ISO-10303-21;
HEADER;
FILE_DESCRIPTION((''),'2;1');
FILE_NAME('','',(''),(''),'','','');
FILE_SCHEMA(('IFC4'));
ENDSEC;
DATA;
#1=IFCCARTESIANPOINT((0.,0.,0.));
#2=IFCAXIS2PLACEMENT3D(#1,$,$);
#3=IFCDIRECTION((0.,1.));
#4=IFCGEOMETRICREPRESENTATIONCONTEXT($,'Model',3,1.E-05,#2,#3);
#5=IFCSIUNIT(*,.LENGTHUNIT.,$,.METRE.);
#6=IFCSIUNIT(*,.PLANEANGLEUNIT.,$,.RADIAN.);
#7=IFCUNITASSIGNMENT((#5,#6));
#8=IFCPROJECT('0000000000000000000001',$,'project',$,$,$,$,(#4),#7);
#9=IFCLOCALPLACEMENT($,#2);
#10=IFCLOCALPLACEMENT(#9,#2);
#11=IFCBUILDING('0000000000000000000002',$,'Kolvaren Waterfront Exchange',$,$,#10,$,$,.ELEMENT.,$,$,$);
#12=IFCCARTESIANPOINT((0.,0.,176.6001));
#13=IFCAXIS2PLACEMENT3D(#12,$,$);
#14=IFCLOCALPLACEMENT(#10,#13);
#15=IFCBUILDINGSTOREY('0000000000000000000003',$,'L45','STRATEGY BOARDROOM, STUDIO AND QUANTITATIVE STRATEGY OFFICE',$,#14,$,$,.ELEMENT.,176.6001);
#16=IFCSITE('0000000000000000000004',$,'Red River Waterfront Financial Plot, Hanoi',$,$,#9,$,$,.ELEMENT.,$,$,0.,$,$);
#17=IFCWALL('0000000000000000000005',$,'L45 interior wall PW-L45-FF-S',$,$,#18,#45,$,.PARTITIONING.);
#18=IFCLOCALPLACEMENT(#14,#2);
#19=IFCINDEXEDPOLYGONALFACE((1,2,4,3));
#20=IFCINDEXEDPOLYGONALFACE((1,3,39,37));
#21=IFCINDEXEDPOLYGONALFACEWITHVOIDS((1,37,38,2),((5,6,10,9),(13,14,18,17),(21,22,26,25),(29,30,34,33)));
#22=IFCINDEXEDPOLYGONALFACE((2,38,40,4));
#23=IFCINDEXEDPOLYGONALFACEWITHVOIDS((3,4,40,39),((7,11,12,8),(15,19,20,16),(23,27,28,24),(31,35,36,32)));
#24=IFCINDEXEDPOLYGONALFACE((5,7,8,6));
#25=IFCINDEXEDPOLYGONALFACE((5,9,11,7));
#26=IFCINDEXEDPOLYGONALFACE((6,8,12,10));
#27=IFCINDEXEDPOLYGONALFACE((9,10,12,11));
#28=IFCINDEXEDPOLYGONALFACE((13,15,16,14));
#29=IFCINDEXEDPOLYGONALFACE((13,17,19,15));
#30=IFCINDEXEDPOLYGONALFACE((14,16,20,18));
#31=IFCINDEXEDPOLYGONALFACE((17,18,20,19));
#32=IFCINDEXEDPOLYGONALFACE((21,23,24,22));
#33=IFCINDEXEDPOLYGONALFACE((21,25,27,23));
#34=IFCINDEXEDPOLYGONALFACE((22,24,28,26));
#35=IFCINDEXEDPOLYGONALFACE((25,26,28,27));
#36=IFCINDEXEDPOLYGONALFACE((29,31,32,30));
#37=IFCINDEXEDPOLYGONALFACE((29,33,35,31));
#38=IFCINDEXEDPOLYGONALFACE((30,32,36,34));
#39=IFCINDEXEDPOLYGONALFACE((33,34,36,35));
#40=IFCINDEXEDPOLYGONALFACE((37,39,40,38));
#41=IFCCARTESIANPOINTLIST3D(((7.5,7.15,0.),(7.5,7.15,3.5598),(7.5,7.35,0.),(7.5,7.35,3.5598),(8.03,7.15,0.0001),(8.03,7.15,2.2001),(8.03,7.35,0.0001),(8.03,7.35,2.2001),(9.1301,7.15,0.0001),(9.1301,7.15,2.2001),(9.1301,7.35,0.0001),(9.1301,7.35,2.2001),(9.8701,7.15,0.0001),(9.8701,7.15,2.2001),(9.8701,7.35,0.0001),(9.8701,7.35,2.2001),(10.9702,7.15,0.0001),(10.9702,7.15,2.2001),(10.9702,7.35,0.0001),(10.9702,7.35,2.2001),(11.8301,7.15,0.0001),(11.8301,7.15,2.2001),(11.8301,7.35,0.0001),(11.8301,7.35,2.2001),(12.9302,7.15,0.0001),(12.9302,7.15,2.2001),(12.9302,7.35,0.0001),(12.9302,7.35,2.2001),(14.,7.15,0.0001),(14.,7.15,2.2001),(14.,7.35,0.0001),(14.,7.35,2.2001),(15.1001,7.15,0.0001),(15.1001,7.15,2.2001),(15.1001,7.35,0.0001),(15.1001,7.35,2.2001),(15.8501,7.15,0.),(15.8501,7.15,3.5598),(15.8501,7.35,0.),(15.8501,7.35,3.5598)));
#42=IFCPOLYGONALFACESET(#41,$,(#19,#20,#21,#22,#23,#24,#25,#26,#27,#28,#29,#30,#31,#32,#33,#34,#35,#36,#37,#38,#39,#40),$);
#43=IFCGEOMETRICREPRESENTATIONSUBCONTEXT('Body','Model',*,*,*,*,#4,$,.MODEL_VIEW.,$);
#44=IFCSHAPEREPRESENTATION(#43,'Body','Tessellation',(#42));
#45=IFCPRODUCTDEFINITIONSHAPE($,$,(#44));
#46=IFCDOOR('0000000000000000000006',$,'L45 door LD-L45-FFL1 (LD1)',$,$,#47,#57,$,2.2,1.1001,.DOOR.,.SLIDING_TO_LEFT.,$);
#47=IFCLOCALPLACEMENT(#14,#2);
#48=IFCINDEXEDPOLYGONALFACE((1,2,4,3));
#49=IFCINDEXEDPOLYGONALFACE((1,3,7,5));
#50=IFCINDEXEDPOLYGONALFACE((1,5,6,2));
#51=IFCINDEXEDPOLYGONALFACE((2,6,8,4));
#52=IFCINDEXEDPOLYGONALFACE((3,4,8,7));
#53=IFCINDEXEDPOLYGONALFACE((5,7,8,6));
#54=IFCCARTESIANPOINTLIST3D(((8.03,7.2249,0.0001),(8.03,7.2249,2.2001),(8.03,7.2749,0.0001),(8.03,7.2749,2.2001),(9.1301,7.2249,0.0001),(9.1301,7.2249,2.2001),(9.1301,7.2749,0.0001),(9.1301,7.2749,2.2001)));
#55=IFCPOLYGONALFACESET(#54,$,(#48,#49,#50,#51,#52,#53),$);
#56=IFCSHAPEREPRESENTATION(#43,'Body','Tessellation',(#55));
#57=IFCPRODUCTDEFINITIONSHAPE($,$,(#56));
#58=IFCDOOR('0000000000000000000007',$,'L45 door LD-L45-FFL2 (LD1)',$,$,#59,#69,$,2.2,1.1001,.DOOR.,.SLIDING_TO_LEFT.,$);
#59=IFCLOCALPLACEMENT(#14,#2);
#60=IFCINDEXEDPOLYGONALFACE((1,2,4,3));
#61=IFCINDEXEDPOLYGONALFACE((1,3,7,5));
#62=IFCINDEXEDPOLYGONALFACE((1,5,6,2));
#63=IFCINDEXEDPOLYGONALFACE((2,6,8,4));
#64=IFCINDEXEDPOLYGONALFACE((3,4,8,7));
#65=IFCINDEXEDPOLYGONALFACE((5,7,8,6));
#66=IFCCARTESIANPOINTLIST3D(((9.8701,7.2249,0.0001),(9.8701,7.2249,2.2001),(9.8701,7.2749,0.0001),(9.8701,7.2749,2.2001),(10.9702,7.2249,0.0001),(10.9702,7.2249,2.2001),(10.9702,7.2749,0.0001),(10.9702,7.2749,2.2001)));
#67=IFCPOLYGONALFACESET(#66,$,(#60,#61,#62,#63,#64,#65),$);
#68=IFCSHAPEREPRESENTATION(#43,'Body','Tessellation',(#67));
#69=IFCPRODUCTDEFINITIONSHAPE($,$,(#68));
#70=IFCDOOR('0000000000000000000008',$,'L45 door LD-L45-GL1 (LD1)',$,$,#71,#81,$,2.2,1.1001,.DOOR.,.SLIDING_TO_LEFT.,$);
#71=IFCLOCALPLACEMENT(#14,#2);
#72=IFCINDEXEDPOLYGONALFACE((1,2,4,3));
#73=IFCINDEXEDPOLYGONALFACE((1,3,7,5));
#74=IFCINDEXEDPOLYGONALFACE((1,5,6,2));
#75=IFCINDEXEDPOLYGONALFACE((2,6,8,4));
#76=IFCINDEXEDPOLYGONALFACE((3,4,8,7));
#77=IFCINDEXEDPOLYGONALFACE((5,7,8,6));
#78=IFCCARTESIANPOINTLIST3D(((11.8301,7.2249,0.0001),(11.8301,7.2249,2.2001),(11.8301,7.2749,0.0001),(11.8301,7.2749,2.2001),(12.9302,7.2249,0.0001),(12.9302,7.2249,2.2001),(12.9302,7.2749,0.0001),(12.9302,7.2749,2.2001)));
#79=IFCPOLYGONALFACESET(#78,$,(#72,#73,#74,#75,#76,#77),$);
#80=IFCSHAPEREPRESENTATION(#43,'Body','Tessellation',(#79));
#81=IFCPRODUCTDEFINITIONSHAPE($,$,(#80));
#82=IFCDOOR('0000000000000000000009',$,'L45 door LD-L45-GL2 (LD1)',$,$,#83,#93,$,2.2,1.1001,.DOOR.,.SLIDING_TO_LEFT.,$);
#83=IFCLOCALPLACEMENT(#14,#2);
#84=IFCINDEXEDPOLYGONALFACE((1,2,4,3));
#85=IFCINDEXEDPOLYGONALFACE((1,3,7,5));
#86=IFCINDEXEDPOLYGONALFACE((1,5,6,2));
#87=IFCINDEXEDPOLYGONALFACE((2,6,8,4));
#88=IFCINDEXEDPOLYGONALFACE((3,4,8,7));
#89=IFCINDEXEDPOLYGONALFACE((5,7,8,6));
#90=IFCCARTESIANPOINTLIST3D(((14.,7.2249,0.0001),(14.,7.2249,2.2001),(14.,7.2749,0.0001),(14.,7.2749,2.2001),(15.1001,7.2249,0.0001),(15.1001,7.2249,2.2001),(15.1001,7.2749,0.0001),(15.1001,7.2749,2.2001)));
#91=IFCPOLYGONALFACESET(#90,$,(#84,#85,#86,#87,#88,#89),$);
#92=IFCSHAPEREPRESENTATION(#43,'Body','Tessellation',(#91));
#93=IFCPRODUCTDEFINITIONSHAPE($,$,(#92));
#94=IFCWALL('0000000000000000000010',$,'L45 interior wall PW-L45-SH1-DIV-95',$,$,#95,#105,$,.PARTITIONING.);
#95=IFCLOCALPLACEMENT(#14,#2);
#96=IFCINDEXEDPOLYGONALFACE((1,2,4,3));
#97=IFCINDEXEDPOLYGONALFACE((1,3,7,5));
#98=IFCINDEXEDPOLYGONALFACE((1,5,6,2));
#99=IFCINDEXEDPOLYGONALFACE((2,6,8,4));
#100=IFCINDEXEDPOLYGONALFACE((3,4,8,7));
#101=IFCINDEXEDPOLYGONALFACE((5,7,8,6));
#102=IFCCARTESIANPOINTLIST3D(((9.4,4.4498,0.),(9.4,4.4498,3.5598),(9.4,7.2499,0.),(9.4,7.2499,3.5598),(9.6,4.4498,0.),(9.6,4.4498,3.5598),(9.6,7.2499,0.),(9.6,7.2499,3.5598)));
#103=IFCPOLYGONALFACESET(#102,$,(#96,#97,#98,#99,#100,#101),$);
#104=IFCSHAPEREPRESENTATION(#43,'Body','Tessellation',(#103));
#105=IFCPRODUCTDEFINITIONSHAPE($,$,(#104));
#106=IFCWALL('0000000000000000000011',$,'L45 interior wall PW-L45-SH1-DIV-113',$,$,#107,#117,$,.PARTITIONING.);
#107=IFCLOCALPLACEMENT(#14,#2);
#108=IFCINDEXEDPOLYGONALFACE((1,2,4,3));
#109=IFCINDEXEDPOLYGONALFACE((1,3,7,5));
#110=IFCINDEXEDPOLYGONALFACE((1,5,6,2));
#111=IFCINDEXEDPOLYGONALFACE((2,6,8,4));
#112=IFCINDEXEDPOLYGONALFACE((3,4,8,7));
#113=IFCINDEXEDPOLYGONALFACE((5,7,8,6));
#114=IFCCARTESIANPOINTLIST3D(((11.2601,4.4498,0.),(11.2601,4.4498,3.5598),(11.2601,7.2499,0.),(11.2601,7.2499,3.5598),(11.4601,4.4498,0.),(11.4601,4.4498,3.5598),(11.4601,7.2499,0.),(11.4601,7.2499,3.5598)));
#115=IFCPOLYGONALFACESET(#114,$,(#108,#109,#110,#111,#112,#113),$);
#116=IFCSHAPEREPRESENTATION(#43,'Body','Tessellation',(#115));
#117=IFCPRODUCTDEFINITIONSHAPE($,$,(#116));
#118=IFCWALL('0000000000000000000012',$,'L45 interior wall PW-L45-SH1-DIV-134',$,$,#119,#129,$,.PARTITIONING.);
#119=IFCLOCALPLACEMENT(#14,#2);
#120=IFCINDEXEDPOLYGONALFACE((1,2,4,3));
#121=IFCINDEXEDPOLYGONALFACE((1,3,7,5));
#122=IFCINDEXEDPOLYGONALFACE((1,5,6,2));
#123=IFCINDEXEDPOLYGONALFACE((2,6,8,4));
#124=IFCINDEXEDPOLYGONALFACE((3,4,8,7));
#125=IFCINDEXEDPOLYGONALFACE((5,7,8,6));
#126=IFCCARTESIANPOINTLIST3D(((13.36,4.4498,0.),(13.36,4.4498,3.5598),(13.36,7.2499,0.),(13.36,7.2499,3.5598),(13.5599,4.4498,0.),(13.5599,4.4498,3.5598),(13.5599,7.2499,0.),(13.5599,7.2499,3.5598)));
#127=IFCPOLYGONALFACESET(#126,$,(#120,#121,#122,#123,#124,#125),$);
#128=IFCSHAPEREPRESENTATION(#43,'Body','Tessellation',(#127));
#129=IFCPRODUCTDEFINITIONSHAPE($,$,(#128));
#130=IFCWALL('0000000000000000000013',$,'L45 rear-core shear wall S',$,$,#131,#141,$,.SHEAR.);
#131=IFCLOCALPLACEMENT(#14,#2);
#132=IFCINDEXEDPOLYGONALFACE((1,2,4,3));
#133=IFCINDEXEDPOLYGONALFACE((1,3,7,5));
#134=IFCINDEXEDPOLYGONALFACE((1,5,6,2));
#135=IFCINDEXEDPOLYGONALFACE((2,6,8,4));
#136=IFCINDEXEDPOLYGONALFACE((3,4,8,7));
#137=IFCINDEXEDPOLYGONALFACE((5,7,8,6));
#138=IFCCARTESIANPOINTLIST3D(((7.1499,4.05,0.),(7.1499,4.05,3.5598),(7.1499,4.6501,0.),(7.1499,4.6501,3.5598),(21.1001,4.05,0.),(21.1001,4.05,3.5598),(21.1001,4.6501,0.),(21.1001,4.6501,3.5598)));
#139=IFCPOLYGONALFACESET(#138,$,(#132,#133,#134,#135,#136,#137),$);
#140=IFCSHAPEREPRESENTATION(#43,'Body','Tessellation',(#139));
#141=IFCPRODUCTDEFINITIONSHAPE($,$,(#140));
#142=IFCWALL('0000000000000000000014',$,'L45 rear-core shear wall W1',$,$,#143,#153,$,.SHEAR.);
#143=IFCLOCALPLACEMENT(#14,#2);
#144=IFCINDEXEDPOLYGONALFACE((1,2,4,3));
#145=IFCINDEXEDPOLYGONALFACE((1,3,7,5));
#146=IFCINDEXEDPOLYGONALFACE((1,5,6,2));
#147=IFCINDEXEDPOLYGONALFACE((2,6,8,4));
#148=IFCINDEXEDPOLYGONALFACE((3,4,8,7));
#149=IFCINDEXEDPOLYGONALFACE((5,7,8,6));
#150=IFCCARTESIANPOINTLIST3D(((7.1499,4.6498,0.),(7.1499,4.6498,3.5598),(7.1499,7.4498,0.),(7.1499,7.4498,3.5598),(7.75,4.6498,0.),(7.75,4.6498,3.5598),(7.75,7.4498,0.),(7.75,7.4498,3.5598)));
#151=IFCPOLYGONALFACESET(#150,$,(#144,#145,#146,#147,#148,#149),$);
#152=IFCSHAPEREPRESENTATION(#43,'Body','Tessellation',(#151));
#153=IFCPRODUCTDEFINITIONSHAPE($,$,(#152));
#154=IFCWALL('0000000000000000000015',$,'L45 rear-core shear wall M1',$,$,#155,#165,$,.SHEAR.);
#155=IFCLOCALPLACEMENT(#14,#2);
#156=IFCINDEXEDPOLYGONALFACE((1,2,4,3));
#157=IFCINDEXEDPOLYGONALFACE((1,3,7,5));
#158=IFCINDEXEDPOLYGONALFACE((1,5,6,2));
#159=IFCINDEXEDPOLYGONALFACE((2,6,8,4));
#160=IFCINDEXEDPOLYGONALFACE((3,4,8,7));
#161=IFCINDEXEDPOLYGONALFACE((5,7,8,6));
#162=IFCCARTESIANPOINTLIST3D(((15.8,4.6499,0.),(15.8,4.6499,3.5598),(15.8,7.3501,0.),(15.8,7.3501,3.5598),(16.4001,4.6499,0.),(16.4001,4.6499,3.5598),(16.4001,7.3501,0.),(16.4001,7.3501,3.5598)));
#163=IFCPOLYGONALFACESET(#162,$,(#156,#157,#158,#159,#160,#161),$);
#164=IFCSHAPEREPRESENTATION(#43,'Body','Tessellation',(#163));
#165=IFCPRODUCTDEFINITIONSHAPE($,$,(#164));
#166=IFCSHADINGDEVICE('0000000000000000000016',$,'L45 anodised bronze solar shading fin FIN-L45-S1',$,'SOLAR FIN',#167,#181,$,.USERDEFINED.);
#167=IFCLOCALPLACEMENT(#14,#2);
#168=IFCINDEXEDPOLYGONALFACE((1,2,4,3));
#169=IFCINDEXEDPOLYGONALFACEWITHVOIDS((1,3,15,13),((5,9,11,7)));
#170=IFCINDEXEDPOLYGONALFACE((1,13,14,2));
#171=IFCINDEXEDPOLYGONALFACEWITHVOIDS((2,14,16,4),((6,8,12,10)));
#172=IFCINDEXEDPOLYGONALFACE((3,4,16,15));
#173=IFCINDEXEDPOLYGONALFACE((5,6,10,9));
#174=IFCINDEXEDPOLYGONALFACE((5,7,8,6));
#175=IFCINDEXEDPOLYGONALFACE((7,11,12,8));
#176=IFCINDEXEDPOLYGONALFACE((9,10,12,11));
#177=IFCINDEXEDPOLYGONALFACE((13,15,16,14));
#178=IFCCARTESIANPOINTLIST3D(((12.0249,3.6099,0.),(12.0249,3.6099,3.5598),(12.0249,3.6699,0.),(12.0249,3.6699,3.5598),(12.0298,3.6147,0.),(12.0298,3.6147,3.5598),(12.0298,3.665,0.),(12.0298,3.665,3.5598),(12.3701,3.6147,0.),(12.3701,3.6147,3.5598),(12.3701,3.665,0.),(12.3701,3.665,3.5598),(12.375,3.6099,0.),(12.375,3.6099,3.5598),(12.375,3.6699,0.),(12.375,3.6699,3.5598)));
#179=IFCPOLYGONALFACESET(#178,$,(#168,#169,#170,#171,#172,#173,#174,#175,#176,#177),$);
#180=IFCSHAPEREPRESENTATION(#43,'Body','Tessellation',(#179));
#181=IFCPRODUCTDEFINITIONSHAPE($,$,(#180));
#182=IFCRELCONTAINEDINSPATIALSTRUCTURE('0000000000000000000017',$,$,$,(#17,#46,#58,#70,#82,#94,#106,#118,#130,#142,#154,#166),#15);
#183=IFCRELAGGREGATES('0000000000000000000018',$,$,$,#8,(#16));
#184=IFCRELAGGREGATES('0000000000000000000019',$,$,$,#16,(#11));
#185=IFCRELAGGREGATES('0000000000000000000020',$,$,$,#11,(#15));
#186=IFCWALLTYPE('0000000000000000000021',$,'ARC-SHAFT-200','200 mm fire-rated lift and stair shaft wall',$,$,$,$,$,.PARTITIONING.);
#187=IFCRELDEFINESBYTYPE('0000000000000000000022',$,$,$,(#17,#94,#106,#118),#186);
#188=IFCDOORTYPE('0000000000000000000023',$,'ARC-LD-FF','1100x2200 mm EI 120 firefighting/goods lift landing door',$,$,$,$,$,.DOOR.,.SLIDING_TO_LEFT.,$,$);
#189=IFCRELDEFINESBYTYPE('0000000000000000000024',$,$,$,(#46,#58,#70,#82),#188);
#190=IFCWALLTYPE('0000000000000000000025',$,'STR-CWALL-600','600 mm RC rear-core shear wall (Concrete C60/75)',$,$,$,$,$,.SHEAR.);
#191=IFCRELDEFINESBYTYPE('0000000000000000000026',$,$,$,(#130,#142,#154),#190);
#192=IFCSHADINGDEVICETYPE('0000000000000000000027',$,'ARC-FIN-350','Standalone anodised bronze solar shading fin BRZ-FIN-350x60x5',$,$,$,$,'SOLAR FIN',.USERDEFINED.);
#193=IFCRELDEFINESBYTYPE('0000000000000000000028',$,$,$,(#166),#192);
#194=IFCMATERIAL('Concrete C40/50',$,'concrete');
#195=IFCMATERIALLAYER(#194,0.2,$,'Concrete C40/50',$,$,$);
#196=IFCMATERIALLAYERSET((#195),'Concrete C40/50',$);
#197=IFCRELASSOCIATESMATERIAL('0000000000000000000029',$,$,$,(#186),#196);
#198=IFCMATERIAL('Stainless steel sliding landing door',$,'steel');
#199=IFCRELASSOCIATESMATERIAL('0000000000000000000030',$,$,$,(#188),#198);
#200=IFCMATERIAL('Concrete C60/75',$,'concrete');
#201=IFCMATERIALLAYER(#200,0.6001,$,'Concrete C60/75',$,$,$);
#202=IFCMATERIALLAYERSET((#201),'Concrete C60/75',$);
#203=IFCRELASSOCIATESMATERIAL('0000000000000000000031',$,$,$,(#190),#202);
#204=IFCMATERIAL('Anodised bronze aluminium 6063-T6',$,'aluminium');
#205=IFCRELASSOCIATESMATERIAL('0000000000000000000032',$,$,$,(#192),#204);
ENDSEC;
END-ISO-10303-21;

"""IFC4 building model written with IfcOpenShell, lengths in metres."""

from ifc_helpers import new_model, si_unit, direction, frame, frame_2d, origin, origin_2d, place, context, subcontext, project, spatial, rectangle, hollow_rectangle, extrude, material, layer, layer_set, material_profile, profile_set, type_object, element, fill, save


model = new_model("IFC4")

# Units and contexts
model_context = context("Model", 3, precision=1e-05, world=origin(), true_north=direction((0.0, 1.0)))
body_context = subcontext(model_context, "Body", "Model", "MODEL_VIEW")
ifc_project = project(units=[si_unit("LENGTHUNIT", "METRE"), si_unit("PLANEANGLEUNIT", "RADIAN")], contexts=[model_context])

# Site, building, storey
site_placement = place(None, origin())
site = spatial("IfcSite", under=ifc_project, at=site_placement, Name="Red River Waterfront Financial Plot, Hanoi", CompositionType="ELEMENT", RefElevation=0.0)
building_placement = place(site_placement, origin())
building = spatial("IfcBuilding", under=site, at=building_placement, Name="Kolvaren Waterfront Exchange", CompositionType="ELEMENT")
storey_placement = place(building_placement, frame((0.0, 0.0, 176.6001)))
storey = spatial("IfcBuildingStorey", under=building, at=storey_placement, Name="L45", Description="STRATEGY BOARDROOM, STUDIO AND QUANTITATIVE STRATEGY OFFICE", CompositionType="ELEMENT", Elevation=176.6001)

# Shared definitions
ifc_material_1 = material(Name="Concrete C60/75", Category="concrete")

# Shared definitions
ifc_material_2 = material(Name="Anodised bronze aluminium 6063-T6", Category="aluminium")

# Shared definitions
ifc_material_3 = material(Name="Concrete C40/50", Category="concrete")
ifc_layer_1 = layer(ifc_material_3, 0.2, Name="Concrete C40/50")
ifc_layer_set_1 = layer_set([ifc_layer_1], Name="Concrete C40/50")
wall_type_1 = type_object("IfcWallType", Name="ARC-SHAFT-200", Description="200 mm fire-rated lift and stair shaft wall", PredefinedType="PARTITIONING", material=ifc_layer_set_1)

# Wall, openings, doors
wall_1_placement = place(storey_placement, frame((7.5, 7.25, 0.0), z_axis=(0.0, 0.0, 1.0), x_axis=(1.0, 0.0, 0.0)))
wall_1 = element("IfcWall", 1, at=wall_1_placement, inside=storey, type_object=wall_type_1, Name="L45 interior wall PW-L45-FF-S", PredefinedType="PARTITIONING", context=body_context, shape_type="SweptSolid", body=[
    extrude(rectangle(XDim=8.3501, YDim=0.2, at=frame_2d((4.175, 0.0))), origin(), (0.0, 0.0, 1.0), 3.5598),
])
opening_1_placement = place(wall_1_placement, frame((0.53, 0.0, 0.0)))
opening_1 = element("IfcOpeningElement", 2, at=opening_1_placement, cuts=wall_1, PredefinedType="OPENING", context=body_context, shape_type="SweptSolid", body=[
    extrude(rectangle(XDim=1.1001, YDim=2.2, at=frame_2d((0.55, 1.1001))), frame((0.0, 0.1099, 0.0), z_axis=(0.0, -1.0, 0.0), x_axis=(1.0, 0.0, 0.0)), (0.0, 0.0, 1.0), 0.22),
])
opening_2_placement = place(wall_1_placement, frame((2.3701, 0.0, 0.0)))
opening_2 = element("IfcOpeningElement", 3, at=opening_2_placement, cuts=wall_1, PredefinedType="OPENING", context=body_context, shape_type="SweptSolid", body=[
    extrude(rectangle(XDim=1.1001, YDim=2.2, at=frame_2d((0.55, 1.1001))), frame((0.0, 0.1099, 0.0), z_axis=(0.0, -1.0, 0.0), x_axis=(1.0, 0.0, 0.0)), (0.0, 0.0, 1.0), 0.22),
])
opening_3_placement = place(wall_1_placement, frame((4.3301, 0.0, 0.0)))
opening_3 = element("IfcOpeningElement", 4, at=opening_3_placement, cuts=wall_1, PredefinedType="OPENING", context=body_context, shape_type="SweptSolid", body=[
    extrude(rectangle(XDim=1.1001, YDim=2.2, at=frame_2d((0.55, 1.1001))), frame((0.0, 0.1099, 0.0), z_axis=(0.0, -1.0, 0.0), x_axis=(1.0, 0.0, 0.0)), (0.0, 0.0, 1.0), 0.22),
])
opening_4_placement = place(wall_1_placement, frame((6.5, 0.0, 0.0)))
opening_4 = element("IfcOpeningElement", 5, at=opening_4_placement, cuts=wall_1, PredefinedType="OPENING", context=body_context, shape_type="SweptSolid", body=[
    extrude(rectangle(XDim=1.1001, YDim=2.2, at=frame_2d((0.55, 1.1001))), frame((0.0, 0.1099, 0.0), z_axis=(0.0, -1.0, 0.0), x_axis=(1.0, 0.0, 0.0)), (0.0, 0.0, 1.0), 0.22),
])
ifc_material_4 = material(Name="Stainless steel sliding landing door", Category="steel")
door_type_1 = type_object("IfcDoorType", Name="ARC-LD-FF", Description="1100x2200 mm EI 120 firefighting/goods lift landing door", OperationType="SLIDING_TO_LEFT", PredefinedType="DOOR", material=ifc_material_4)
door_1_placement = place(opening_1_placement, origin())
door_1 = element("IfcDoor", 6, at=door_1_placement, inside=storey, type_object=door_type_1, Name="L45 door LD-L45-FFL1 (LD1)", OperationType="SLIDING_TO_LEFT", OverallHeight=2.2, OverallWidth=1.1001, PredefinedType="DOOR", context=body_context, shape_type="SweptSolid", body=[
    extrude(rectangle(XDim=1.1001, YDim=2.2, at=frame_2d((0.55, 1.1001))), frame((0.0, 0.0249, 0.0), z_axis=(0.0, -1.0, 0.0), x_axis=(1.0, 0.0, 0.0)), (0.0, 0.0, 1.0), 0.05),
])
fill(opening_1, door_1)
door_2_placement = place(opening_2_placement, origin())
door_2 = element("IfcDoor", 7, at=door_2_placement, inside=storey, type_object=door_type_1, Name="L45 door LD-L45-FFL2 (LD1)", OperationType="SLIDING_TO_LEFT", OverallHeight=2.2, OverallWidth=1.1001, PredefinedType="DOOR", context=body_context, shape_type="SweptSolid", body=[
    extrude(rectangle(XDim=1.1001, YDim=2.2, at=frame_2d((0.55, 1.1001))), frame((0.0, 0.0249, 0.0), z_axis=(0.0, -1.0, 0.0), x_axis=(1.0, 0.0, 0.0)), (0.0, 0.0, 1.0), 0.05),
])
fill(opening_2, door_2)
door_3_placement = place(opening_3_placement, origin())
door_3 = element("IfcDoor", 8, at=door_3_placement, inside=storey, type_object=door_type_1, Name="L45 door LD-L45-GL1 (LD1)", OperationType="SLIDING_TO_LEFT", OverallHeight=2.2, OverallWidth=1.1001, PredefinedType="DOOR", context=body_context, shape_type="SweptSolid", body=[
    extrude(rectangle(XDim=1.1001, YDim=2.2, at=frame_2d((0.55, 1.1001))), frame((0.0, 0.0249, 0.0), z_axis=(0.0, -1.0, 0.0), x_axis=(1.0, 0.0, 0.0)), (0.0, 0.0, 1.0), 0.05),
])
fill(opening_3, door_3)
door_4_placement = place(opening_4_placement, origin())
door_4 = element("IfcDoor", 9, at=door_4_placement, inside=storey, type_object=door_type_1, Name="L45 door LD-L45-GL2 (LD1)", OperationType="SLIDING_TO_LEFT", OverallHeight=2.2, OverallWidth=1.1001, PredefinedType="DOOR", context=body_context, shape_type="SweptSolid", body=[
    extrude(rectangle(XDim=1.1001, YDim=2.2, at=frame_2d((0.55, 1.1001))), frame((0.0, 0.0249, 0.0), z_axis=(0.0, -1.0, 0.0), x_axis=(1.0, 0.0, 0.0)), (0.0, 0.0, 1.0), 0.05),
])
fill(opening_4, door_4)

# Walls
for number, where, z_axis, x_axis, name in (
    (10, (9.5, 4.45, 0.0), (0.0, 0.0, 1.0), (0.0, 1.0, 0.0), "L45 interior wall PW-L45-SH1-DIV-95"),
    (11, (11.3601, 4.45, 0.0), (0.0, 0.0, 1.0), (0.0, 1.0, 0.0), "L45 interior wall PW-L45-SH1-DIV-113"),
    (12, (13.46, 4.45, 0.0), (0.0, 0.0, 1.0), (0.0, 1.0, 0.0), "L45 interior wall PW-L45-SH1-DIV-134"),
):
    element("IfcWall", number, at=place(storey_placement, frame(where, z_axis=z_axis, x_axis=x_axis)), inside=storey, type_object=wall_type_1, Name=name, PredefinedType="PARTITIONING", context=body_context, shape_type="SweptSolid", body=[
        extrude(rectangle(XDim=2.8, YDim=0.2, at=frame_2d((1.3999, 0.0))), origin(), (0.0, 0.0, 1.0), 3.5598),
    ])
ifc_layer_2 = layer(ifc_material_1, 0.6001, Name="Concrete C60/75")
ifc_layer_set_2 = layer_set([ifc_layer_2], Name="Concrete C60/75")
wall_type_2 = type_object("IfcWallType", Name="STR-CWALL-600", Description="600 mm RC rear-core shear wall (Concrete C60/75)", PredefinedType="SHEAR", material=ifc_layer_set_2)
wall_2_placement = place(storey_placement, frame((7.1499, 4.3501, 0.0), z_axis=(0.0, 0.0, 1.0), x_axis=(1.0, 0.0, 0.0)))
element("IfcWall", 13, at=wall_2_placement, inside=storey, type_object=wall_type_2, Name="L45 rear-core shear wall S", PredefinedType="SHEAR", context=body_context, shape_type="SweptSolid", body=[
    extrude(rectangle(XDim=13.9502, YDim=0.6001, at=frame_2d((6.9751, 0.0))), origin(), (0.0, 0.0, 1.0), 3.5598),
])
wall_3_placement = place(storey_placement, frame((7.45, 4.6499, 0.0), z_axis=(0.0, 0.0, 1.0), x_axis=(0.0, 1.0, 0.0)))
element("IfcWall", 14, at=wall_3_placement, inside=storey, type_object=wall_type_2, Name="L45 rear-core shear wall W1", PredefinedType="SHEAR", context=body_context, shape_type="SweptSolid", body=[
    extrude(rectangle(XDim=2.8, YDim=0.6001, at=frame_2d((1.3999, 0.0))), origin(), (0.0, 0.0, 1.0), 3.5598),
])
wall_4_placement = place(storey_placement, frame((16.1001, 4.6499, 0.0), z_axis=(0.0, 0.0, 1.0), x_axis=(0.0, 1.0, 0.0)))
element("IfcWall", 15, at=wall_4_placement, inside=storey, type_object=wall_type_2, Name="L45 rear-core shear wall M1", PredefinedType="SHEAR", context=body_context, shape_type="SweptSolid", body=[
    extrude(rectangle(XDim=2.7002, YDim=0.6001, at=frame_2d((1.3501, 0.0))), origin(), (0.0, 0.0, 1.0), 3.5598),
])

# Shading device
ifc_material_profile_1 = material_profile(ifc_material_2, hollow_rectangle(XDim=0.0601, YDim=0.3501, WallThickness=0.0049, at=origin_2d()), Name="BRZ-FIN-350x60x5")
ifc_profile_set_1 = profile_set([ifc_material_profile_1], Name="Anodised bronze aluminium 6063-T6")
shading_device_type = type_object("IfcShadingDeviceType", Name="ARC-FIN-350", Description="Standalone anodised bronze solar shading fin BRZ-FIN-350x60x5", ElementType="SOLAR FIN", PredefinedType="USERDEFINED", material=ifc_profile_set_1)
shading_device_placement = place(storey_placement, frame((12.2, 3.6399, 0.0), z_axis=(0.0, 0.0, 1.0), x_axis=(0.0, -1.0, 0.0)))
element("IfcShadingDevice", 16, at=shading_device_placement, inside=storey, type_object=shading_device_type, Name="L45 anodised bronze solar shading fin FIN-L45-S1", ObjectType="SOLAR FIN", PredefinedType="USERDEFINED", context=body_context, shape_type="SweptSolid", body=[
    extrude(hollow_rectangle(XDim=0.0601, YDim=0.3501, WallThickness=0.0049, at=origin_2d()), origin(), (0.0, 0.0, 1.0), 3.5598),
])

save(model, "model.ifc")
